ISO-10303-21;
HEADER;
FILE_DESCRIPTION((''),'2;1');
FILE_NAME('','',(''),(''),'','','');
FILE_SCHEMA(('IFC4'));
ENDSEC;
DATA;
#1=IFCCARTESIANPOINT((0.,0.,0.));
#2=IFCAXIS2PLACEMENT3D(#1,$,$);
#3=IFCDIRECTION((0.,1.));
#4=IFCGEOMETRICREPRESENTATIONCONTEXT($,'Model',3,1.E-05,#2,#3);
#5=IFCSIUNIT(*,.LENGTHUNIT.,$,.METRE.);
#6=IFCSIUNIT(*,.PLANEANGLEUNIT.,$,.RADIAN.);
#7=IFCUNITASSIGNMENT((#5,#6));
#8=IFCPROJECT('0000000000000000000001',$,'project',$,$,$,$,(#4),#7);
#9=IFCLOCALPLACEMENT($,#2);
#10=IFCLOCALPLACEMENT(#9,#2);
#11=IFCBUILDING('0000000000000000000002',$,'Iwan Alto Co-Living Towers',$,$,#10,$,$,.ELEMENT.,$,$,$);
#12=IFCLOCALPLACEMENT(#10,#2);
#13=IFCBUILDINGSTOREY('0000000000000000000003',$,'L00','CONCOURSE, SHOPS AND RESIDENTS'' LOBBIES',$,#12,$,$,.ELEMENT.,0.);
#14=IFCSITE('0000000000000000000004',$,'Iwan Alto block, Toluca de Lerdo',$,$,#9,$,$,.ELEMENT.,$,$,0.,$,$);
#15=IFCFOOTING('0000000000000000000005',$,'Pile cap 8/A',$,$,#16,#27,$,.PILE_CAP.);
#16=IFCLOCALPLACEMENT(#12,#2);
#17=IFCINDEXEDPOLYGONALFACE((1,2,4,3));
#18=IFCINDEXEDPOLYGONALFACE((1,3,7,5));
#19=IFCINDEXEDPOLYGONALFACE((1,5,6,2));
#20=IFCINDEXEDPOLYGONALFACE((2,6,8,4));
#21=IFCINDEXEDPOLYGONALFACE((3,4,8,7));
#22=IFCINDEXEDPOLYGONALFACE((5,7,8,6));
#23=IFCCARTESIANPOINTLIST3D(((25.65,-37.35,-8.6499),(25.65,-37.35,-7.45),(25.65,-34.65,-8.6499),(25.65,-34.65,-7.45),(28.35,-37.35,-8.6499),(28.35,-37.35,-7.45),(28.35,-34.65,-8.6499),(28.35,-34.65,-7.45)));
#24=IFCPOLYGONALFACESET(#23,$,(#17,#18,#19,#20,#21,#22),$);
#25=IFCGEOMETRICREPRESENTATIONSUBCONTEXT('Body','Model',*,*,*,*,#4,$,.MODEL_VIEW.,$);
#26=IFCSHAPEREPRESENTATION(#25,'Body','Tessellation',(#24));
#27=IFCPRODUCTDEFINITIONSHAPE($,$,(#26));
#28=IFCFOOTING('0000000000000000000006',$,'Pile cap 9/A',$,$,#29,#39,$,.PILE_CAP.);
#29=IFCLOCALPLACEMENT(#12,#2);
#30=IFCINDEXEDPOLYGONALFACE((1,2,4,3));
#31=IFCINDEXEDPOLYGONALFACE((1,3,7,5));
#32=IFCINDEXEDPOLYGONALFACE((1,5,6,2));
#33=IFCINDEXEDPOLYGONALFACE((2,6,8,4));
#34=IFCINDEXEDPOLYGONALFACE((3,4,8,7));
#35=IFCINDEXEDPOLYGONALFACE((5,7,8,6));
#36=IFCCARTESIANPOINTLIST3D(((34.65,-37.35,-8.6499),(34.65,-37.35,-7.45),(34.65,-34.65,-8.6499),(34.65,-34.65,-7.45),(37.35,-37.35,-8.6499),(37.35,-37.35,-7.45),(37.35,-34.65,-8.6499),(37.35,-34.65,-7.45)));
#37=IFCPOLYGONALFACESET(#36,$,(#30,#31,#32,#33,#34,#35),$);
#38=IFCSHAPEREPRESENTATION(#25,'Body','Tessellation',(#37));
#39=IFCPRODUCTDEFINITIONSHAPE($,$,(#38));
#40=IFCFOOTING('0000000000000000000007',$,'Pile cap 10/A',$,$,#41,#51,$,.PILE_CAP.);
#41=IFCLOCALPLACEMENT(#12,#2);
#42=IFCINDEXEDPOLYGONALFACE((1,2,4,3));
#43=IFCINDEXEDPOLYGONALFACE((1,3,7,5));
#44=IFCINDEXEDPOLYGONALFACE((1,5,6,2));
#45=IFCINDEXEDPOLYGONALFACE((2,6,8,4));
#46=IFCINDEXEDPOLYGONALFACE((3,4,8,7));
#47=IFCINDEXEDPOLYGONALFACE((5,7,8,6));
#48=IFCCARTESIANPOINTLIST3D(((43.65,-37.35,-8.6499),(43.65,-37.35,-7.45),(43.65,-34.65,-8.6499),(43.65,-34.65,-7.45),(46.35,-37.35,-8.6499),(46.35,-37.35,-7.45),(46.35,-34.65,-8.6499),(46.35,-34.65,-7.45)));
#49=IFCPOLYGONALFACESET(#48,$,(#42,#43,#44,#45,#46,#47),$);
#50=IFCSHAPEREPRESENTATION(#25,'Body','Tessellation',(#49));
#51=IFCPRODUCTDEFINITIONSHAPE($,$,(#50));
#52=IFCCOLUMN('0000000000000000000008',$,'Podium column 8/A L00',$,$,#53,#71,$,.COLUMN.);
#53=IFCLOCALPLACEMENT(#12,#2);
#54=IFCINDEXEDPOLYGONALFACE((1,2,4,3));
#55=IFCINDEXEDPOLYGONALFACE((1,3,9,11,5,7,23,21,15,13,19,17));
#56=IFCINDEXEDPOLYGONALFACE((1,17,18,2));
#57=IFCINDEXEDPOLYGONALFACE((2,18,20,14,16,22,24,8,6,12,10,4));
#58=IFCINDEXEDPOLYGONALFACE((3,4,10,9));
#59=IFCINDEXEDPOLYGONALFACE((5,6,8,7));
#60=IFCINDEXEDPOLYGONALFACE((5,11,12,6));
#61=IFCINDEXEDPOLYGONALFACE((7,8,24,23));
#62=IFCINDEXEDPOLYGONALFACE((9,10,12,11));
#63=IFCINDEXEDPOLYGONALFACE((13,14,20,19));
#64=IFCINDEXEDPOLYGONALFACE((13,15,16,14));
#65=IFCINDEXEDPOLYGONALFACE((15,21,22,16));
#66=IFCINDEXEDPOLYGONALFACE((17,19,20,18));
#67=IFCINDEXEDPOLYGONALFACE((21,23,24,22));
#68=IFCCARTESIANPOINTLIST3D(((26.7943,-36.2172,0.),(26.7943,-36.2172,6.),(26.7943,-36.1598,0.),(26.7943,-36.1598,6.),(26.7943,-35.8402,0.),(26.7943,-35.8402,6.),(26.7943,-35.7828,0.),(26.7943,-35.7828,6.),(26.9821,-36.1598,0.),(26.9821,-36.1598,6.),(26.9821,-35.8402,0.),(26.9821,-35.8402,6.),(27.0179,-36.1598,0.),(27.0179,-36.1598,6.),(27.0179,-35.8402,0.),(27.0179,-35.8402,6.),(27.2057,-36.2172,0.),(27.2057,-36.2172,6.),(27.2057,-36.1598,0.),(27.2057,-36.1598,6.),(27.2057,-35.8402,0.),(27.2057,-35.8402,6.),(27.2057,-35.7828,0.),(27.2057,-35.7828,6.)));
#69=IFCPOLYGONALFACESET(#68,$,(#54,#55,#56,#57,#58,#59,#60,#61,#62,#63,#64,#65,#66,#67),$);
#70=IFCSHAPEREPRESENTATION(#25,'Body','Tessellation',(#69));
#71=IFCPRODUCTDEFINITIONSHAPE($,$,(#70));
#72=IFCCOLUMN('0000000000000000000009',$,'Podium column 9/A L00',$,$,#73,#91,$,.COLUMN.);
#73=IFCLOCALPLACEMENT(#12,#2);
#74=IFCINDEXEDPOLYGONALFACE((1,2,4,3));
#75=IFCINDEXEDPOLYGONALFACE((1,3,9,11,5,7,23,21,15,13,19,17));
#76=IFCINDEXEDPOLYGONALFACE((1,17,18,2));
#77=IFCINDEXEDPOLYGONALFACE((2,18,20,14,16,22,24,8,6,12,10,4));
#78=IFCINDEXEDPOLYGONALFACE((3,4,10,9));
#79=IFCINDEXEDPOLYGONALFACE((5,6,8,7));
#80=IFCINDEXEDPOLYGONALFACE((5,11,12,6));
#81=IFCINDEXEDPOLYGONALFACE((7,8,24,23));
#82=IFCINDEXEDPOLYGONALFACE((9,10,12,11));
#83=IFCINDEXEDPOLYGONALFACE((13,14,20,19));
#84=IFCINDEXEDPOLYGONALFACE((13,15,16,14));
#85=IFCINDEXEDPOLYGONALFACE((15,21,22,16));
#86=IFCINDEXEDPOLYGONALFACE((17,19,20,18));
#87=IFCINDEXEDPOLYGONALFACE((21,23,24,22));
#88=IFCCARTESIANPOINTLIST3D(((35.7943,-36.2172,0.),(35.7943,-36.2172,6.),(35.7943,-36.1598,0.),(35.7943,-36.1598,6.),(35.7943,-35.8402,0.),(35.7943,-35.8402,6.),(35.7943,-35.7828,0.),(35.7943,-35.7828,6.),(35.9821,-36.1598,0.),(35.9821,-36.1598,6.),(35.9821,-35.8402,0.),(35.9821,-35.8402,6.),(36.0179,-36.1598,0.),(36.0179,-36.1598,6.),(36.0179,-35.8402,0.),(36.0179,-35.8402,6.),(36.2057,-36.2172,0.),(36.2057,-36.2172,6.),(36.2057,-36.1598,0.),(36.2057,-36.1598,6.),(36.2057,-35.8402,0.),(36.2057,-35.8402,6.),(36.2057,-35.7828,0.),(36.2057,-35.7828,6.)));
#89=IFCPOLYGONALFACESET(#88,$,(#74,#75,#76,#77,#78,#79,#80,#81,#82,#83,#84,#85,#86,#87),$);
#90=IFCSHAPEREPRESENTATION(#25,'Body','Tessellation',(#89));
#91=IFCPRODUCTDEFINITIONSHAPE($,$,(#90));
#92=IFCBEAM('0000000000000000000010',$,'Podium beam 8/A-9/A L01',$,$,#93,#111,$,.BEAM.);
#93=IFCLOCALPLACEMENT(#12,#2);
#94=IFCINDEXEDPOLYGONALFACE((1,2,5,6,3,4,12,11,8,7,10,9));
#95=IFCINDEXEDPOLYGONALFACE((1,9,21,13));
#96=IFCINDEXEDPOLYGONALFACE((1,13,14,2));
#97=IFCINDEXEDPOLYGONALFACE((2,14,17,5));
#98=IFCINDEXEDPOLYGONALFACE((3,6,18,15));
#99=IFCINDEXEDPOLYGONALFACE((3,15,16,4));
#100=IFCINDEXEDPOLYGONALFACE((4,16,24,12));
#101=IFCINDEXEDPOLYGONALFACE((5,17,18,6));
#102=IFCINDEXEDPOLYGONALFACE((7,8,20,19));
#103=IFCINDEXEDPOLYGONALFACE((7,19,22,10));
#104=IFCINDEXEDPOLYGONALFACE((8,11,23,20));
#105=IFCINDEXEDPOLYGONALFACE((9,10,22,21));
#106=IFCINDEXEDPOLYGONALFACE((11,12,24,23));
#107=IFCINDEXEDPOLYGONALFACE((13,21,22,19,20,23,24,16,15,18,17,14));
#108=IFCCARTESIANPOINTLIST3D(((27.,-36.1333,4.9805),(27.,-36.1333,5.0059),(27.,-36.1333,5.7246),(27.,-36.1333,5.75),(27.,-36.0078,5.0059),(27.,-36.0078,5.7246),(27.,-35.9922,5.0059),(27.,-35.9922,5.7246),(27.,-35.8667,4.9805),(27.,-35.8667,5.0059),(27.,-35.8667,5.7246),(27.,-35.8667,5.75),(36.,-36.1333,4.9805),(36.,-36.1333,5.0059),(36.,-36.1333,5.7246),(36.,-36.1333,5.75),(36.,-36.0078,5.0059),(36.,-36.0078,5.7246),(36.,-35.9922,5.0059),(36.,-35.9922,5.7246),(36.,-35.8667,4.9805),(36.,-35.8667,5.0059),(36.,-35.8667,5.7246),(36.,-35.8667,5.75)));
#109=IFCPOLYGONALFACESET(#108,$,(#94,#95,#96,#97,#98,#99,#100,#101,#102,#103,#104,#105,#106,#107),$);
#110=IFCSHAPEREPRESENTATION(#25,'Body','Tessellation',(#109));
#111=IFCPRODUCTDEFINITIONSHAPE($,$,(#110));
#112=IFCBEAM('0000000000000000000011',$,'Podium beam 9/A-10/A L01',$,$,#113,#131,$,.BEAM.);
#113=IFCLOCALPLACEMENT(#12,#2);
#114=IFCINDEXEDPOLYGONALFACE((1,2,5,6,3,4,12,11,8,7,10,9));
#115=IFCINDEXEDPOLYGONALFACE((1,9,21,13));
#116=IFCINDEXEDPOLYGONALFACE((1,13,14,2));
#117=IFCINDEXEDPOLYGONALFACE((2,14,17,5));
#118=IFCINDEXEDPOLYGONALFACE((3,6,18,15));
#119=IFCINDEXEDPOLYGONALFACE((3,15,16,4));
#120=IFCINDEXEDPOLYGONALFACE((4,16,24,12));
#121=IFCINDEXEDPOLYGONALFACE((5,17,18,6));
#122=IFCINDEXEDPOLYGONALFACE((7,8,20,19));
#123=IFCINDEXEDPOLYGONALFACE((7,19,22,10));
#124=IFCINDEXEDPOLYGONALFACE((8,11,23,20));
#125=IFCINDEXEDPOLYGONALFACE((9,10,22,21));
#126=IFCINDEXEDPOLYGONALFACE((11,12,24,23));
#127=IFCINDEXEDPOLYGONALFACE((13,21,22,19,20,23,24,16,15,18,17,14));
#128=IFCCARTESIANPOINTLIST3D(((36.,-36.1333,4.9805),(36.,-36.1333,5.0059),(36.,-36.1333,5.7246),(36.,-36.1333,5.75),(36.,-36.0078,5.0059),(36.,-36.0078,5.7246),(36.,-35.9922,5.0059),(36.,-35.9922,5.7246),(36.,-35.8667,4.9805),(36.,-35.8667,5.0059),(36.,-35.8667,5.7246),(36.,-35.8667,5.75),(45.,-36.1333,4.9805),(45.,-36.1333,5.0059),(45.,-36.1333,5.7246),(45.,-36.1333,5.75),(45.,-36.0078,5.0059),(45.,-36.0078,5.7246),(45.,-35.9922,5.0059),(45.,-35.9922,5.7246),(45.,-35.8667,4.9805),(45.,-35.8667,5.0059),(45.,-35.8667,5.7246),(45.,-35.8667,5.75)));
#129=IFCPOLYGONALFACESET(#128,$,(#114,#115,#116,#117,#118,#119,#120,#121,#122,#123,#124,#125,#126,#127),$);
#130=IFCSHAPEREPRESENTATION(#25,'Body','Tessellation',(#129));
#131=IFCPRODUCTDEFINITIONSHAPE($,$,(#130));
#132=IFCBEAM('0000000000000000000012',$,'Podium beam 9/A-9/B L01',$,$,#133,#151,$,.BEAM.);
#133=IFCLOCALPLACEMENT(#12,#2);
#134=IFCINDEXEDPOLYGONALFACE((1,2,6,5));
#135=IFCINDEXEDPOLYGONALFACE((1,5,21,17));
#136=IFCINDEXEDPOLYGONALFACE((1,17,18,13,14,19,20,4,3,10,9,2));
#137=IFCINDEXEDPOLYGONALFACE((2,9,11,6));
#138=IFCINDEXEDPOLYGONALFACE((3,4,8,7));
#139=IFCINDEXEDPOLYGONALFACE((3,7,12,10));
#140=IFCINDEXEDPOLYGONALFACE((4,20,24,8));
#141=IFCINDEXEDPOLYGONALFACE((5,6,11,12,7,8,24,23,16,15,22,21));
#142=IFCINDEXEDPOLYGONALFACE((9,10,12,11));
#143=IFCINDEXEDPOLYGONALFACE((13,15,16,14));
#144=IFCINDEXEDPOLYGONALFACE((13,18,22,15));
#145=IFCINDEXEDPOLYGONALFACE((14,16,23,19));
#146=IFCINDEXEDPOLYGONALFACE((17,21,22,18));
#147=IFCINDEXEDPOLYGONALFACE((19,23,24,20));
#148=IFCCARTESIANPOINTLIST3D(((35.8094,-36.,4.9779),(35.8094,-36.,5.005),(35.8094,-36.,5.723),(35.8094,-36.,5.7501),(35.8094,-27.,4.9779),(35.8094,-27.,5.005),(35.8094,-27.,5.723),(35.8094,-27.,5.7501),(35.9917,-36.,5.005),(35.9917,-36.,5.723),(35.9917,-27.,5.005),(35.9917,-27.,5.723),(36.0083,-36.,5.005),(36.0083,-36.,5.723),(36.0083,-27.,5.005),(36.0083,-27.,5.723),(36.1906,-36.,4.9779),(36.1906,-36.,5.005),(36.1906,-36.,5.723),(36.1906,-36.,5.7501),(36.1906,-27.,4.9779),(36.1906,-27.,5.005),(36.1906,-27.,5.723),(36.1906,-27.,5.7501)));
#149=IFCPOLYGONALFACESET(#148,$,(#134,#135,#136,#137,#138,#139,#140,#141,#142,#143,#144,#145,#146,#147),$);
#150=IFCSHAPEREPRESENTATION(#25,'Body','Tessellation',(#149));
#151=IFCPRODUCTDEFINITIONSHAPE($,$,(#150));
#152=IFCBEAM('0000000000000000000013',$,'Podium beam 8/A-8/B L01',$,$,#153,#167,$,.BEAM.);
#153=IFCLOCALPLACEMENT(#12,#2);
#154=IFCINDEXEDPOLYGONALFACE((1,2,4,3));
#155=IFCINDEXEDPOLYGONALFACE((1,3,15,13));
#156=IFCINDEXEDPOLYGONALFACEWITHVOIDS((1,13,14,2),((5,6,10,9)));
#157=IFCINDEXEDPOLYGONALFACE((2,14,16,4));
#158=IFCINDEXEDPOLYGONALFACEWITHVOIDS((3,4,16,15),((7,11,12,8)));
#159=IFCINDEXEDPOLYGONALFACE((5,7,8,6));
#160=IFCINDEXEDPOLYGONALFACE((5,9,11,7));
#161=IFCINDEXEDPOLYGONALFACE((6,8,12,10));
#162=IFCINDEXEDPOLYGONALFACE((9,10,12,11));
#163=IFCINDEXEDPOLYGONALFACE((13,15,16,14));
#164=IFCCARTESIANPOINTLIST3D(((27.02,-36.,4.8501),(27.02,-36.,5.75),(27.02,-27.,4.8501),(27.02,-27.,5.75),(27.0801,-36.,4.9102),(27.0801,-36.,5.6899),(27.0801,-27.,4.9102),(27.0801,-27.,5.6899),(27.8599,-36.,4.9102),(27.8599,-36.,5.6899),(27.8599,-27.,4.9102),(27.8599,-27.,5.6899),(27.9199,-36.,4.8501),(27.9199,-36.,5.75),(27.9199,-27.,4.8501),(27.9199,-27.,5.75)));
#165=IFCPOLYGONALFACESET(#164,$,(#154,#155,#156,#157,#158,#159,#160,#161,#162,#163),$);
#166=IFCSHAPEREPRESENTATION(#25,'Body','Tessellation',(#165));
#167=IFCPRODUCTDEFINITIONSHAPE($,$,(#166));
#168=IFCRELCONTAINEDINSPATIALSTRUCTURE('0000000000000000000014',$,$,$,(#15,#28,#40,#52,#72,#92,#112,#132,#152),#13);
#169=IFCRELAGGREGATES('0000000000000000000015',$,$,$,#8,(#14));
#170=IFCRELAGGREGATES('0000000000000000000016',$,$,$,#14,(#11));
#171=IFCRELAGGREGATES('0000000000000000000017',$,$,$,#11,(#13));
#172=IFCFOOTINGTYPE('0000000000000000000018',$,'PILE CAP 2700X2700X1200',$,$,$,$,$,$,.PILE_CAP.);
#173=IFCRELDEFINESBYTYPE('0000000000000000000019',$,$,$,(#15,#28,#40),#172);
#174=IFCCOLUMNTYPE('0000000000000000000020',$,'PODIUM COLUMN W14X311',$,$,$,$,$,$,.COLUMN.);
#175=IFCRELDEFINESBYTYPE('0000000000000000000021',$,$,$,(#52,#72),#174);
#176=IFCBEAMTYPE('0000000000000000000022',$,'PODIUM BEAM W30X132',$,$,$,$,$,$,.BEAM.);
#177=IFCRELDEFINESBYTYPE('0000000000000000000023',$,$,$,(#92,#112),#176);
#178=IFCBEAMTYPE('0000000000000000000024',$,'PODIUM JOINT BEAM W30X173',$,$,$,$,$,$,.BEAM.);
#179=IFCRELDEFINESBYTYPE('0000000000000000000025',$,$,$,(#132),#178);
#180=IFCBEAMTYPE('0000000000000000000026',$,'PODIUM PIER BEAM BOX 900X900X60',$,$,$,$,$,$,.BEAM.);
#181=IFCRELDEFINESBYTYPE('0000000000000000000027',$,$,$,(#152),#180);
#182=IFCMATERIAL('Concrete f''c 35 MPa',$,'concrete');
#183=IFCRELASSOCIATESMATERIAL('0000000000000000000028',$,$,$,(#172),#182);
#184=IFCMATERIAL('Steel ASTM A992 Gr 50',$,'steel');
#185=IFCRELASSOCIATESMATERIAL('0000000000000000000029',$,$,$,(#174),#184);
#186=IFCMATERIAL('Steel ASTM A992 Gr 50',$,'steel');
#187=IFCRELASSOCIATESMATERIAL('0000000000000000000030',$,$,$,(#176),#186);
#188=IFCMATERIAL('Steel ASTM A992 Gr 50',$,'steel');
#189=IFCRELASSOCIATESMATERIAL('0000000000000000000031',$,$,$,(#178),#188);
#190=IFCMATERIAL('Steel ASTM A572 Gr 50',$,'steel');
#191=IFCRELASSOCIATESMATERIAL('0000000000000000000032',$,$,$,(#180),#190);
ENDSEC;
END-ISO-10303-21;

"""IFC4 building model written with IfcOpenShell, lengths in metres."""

from ifc_helpers import new_model, si_unit, direction, frame, origin, origin_2d, place, context, subcontext, project, spatial, rectangle, hollow_rectangle, i_section, extrude, material, material_profile, profile_set, type_object, element, save


model = new_model("IFC4")

# Units and contexts
model_context = context("Model", 3, precision=1e-05, world=origin(), true_north=direction((0.0, 1.0)))
body_context = subcontext(model_context, "Body", "Model", "MODEL_VIEW")
ifc_project = project(units=[si_unit("LENGTHUNIT", "METRE"), si_unit("PLANEANGLEUNIT", "RADIAN")], contexts=[model_context])

# Site, building, storey
site_placement = place(None, origin())
site = spatial("IfcSite", under=ifc_project, at=site_placement, Name="Iwan Alto block, Toluca de Lerdo", CompositionType="ELEMENT", RefElevation=0.0)
building_placement = place(site_placement, origin())
building = spatial("IfcBuilding", under=site, at=building_placement, Name="Iwan Alto Co-Living Towers", CompositionType="ELEMENT")
storey_placement = place(building_placement, origin())
storey = spatial("IfcBuildingStorey", under=building, at=storey_placement, Name="L00", Description="CONCOURSE, SHOPS AND RESIDENTS' LOBBIES", CompositionType="ELEMENT", Elevation=0.0)

# Footings
ifc_material_1 = material(Name="Concrete f'c 35 MPa", Category="concrete")
footing_type_1 = type_object("IfcFootingType", Name="PILE CAP 2700X2700X1200", PredefinedType="PILE_CAP", material=ifc_material_1)
for number, where, z_axis, x_axis, name in (
    (1, (27.0, -36.0, -8.6499), (0.0, 0.0, 1.0), (1.0, 0.0, 0.0), "Pile cap 8/A"),
    (2, (36.0, -36.0, -8.6499), (0.0, 0.0, 1.0), (1.0, 0.0, 0.0), "Pile cap 9/A"),
    (3, (45.0, -36.0, -8.6499), (0.0, 0.0, 1.0), (1.0, 0.0, 0.0), "Pile cap 10/A"),
):
    element("IfcFooting", number, at=place(storey_placement, frame(where, z_axis=z_axis, x_axis=x_axis)), inside=storey, type_object=footing_type_1, Name=name, PredefinedType="PILE_CAP", context=body_context, shape_type="SweptSolid", body=[
        extrude(rectangle(XDim=2.7, YDim=2.7, at=origin_2d()), origin(), (0.0, 0.0, 1.0), 1.2),
    ])

# Columns
ifc_material_2 = material(Name="Steel ASTM A992 Gr 50", Category="steel")
ifc_material_profile_1 = material_profile(ifc_material_2, i_section(OverallWidth=0.4114, OverallDepth=0.4343, WebThickness=0.0359, FlangeThickness=0.0574, at=origin_2d()), Name="W14X311")
ifc_profile_set_1 = profile_set([ifc_material_profile_1], Name="Steel ASTM A992 Gr 50")
column_type = type_object("IfcColumnType", Name="PODIUM COLUMN W14X311", PredefinedType="COLUMN", material=ifc_profile_set_1)
for number, where, z_axis, x_axis, name in (
    (4, (27.0, -36.0, 0.0), (0.0, 0.0, 1.0), (1.0, 0.0, 0.0), "Podium column 8/A L00"),
    (5, (36.0, -36.0, 0.0), (0.0, 0.0, 1.0), (1.0, 0.0, 0.0), "Podium column 9/A L00"),
):
    element("IfcColumn", number, at=place(storey_placement, frame(where, z_axis=z_axis, x_axis=x_axis)), inside=storey, type_object=column_type, Name=name, PredefinedType="COLUMN", context=body_context, shape_type="SweptSolid", body=[
        extrude(i_section(OverallWidth=0.4114, OverallDepth=0.4343, WebThickness=0.0359, FlangeThickness=0.0574, at=origin_2d()), origin(), (0.0, 0.0, 1.0), 6.0),
    ])

# Beams
ifc_material_3 = material(Name="Steel ASTM A992 Gr 50", Category="steel")
ifc_material_profile_2 = material_profile(ifc_material_3, i_section(OverallWidth=0.2666, OverallDepth=0.7695, WebThickness=0.0156, FlangeThickness=0.0254, at=origin_2d()), Name="W30X132")
ifc_profile_set_2 = profile_set([ifc_material_profile_2], Name="Steel ASTM A992 Gr 50")
beam_type_1 = type_object("IfcBeamType", Name="PODIUM BEAM W30X132", PredefinedType="BEAM", material=ifc_profile_set_2)
for number, where, z_axis, x_axis, name in (
    (6, (27.0, -36.0, 5.3652), (1.0, 0.0, 0.0), (0.0, 1.0, 0.0), "Podium beam 8/A-9/A L01"),
    (7, (36.0, -36.0, 5.3652), (1.0, 0.0, 0.0), (0.0, 1.0, 0.0), "Podium beam 9/A-10/A L01"),
):
    element("IfcBeam", number, at=place(storey_placement, frame(where, z_axis=z_axis, x_axis=x_axis)), inside=storey, type_object=beam_type_1, Name=name, PredefinedType="BEAM", context=body_context, shape_type="SweptSolid", body=[
        extrude(i_section(OverallWidth=0.2666, OverallDepth=0.7695, WebThickness=0.0156, FlangeThickness=0.0254, at=origin_2d()), origin(), (0.0, 0.0, 1.0), 9.0),
    ])
ifc_material_4 = material(Name="Steel ASTM A992 Gr 50", Category="steel")
ifc_material_profile_3 = material_profile(ifc_material_4, i_section(OverallWidth=0.3811, OverallDepth=0.7722, WebThickness=0.0166, FlangeThickness=0.0271, at=origin_2d()), Name="W30X173")
ifc_profile_set_3 = profile_set([ifc_material_profile_3], Name="Steel ASTM A992 Gr 50")
beam_type_2 = type_object("IfcBeamType", Name="PODIUM JOINT BEAM W30X173", PredefinedType="BEAM", material=ifc_profile_set_3)
beam_1_placement = place(storey_placement, frame((36.0, -36.0, 5.364), z_axis=(0.0, 1.0, 0.0), x_axis=(-1.0, 0.0, 0.0)))
element("IfcBeam", 8, at=beam_1_placement, inside=storey, type_object=beam_type_2, Name="Podium beam 9/A-9/B L01", PredefinedType="BEAM", context=body_context, shape_type="SweptSolid", body=[
    extrude(i_section(OverallWidth=0.3811, OverallDepth=0.7722, WebThickness=0.0166, FlangeThickness=0.0271, at=origin_2d()), origin(), (0.0, 0.0, 1.0), 9.0),
])
ifc_material_5 = material(Name="Steel ASTM A572 Gr 50", Category="steel")
ifc_material_profile_4 = material_profile(ifc_material_5, hollow_rectangle(XDim=0.8999, YDim=0.8999, WallThickness=0.0601, at=origin_2d()), Name="BOX 900X900X60")
ifc_profile_set_4 = profile_set([ifc_material_profile_4], Name="Steel ASTM A572 Gr 50")
beam_type_3 = type_object("IfcBeamType", Name="PODIUM PIER BEAM BOX 900X900X60", PredefinedType="BEAM", material=ifc_profile_set_4)
beam_2_placement = place(storey_placement, frame((27.47, -36.0, 5.3), z_axis=(0.0, 1.0, 0.0), x_axis=(-1.0, 0.0, 0.0)))
element("IfcBeam", 9, at=beam_2_placement, inside=storey, type_object=beam_type_3, Name="Podium beam 8/A-8/B L01", PredefinedType="BEAM", context=body_context, shape_type="SweptSolid", body=[
    extrude(hollow_rectangle(XDim=0.8999, YDim=0.8999, WallThickness=0.0601, at=origin_2d()), origin(), (0.0, 0.0, 1.0), 9.0),
])

save(model, "model.ifc")
